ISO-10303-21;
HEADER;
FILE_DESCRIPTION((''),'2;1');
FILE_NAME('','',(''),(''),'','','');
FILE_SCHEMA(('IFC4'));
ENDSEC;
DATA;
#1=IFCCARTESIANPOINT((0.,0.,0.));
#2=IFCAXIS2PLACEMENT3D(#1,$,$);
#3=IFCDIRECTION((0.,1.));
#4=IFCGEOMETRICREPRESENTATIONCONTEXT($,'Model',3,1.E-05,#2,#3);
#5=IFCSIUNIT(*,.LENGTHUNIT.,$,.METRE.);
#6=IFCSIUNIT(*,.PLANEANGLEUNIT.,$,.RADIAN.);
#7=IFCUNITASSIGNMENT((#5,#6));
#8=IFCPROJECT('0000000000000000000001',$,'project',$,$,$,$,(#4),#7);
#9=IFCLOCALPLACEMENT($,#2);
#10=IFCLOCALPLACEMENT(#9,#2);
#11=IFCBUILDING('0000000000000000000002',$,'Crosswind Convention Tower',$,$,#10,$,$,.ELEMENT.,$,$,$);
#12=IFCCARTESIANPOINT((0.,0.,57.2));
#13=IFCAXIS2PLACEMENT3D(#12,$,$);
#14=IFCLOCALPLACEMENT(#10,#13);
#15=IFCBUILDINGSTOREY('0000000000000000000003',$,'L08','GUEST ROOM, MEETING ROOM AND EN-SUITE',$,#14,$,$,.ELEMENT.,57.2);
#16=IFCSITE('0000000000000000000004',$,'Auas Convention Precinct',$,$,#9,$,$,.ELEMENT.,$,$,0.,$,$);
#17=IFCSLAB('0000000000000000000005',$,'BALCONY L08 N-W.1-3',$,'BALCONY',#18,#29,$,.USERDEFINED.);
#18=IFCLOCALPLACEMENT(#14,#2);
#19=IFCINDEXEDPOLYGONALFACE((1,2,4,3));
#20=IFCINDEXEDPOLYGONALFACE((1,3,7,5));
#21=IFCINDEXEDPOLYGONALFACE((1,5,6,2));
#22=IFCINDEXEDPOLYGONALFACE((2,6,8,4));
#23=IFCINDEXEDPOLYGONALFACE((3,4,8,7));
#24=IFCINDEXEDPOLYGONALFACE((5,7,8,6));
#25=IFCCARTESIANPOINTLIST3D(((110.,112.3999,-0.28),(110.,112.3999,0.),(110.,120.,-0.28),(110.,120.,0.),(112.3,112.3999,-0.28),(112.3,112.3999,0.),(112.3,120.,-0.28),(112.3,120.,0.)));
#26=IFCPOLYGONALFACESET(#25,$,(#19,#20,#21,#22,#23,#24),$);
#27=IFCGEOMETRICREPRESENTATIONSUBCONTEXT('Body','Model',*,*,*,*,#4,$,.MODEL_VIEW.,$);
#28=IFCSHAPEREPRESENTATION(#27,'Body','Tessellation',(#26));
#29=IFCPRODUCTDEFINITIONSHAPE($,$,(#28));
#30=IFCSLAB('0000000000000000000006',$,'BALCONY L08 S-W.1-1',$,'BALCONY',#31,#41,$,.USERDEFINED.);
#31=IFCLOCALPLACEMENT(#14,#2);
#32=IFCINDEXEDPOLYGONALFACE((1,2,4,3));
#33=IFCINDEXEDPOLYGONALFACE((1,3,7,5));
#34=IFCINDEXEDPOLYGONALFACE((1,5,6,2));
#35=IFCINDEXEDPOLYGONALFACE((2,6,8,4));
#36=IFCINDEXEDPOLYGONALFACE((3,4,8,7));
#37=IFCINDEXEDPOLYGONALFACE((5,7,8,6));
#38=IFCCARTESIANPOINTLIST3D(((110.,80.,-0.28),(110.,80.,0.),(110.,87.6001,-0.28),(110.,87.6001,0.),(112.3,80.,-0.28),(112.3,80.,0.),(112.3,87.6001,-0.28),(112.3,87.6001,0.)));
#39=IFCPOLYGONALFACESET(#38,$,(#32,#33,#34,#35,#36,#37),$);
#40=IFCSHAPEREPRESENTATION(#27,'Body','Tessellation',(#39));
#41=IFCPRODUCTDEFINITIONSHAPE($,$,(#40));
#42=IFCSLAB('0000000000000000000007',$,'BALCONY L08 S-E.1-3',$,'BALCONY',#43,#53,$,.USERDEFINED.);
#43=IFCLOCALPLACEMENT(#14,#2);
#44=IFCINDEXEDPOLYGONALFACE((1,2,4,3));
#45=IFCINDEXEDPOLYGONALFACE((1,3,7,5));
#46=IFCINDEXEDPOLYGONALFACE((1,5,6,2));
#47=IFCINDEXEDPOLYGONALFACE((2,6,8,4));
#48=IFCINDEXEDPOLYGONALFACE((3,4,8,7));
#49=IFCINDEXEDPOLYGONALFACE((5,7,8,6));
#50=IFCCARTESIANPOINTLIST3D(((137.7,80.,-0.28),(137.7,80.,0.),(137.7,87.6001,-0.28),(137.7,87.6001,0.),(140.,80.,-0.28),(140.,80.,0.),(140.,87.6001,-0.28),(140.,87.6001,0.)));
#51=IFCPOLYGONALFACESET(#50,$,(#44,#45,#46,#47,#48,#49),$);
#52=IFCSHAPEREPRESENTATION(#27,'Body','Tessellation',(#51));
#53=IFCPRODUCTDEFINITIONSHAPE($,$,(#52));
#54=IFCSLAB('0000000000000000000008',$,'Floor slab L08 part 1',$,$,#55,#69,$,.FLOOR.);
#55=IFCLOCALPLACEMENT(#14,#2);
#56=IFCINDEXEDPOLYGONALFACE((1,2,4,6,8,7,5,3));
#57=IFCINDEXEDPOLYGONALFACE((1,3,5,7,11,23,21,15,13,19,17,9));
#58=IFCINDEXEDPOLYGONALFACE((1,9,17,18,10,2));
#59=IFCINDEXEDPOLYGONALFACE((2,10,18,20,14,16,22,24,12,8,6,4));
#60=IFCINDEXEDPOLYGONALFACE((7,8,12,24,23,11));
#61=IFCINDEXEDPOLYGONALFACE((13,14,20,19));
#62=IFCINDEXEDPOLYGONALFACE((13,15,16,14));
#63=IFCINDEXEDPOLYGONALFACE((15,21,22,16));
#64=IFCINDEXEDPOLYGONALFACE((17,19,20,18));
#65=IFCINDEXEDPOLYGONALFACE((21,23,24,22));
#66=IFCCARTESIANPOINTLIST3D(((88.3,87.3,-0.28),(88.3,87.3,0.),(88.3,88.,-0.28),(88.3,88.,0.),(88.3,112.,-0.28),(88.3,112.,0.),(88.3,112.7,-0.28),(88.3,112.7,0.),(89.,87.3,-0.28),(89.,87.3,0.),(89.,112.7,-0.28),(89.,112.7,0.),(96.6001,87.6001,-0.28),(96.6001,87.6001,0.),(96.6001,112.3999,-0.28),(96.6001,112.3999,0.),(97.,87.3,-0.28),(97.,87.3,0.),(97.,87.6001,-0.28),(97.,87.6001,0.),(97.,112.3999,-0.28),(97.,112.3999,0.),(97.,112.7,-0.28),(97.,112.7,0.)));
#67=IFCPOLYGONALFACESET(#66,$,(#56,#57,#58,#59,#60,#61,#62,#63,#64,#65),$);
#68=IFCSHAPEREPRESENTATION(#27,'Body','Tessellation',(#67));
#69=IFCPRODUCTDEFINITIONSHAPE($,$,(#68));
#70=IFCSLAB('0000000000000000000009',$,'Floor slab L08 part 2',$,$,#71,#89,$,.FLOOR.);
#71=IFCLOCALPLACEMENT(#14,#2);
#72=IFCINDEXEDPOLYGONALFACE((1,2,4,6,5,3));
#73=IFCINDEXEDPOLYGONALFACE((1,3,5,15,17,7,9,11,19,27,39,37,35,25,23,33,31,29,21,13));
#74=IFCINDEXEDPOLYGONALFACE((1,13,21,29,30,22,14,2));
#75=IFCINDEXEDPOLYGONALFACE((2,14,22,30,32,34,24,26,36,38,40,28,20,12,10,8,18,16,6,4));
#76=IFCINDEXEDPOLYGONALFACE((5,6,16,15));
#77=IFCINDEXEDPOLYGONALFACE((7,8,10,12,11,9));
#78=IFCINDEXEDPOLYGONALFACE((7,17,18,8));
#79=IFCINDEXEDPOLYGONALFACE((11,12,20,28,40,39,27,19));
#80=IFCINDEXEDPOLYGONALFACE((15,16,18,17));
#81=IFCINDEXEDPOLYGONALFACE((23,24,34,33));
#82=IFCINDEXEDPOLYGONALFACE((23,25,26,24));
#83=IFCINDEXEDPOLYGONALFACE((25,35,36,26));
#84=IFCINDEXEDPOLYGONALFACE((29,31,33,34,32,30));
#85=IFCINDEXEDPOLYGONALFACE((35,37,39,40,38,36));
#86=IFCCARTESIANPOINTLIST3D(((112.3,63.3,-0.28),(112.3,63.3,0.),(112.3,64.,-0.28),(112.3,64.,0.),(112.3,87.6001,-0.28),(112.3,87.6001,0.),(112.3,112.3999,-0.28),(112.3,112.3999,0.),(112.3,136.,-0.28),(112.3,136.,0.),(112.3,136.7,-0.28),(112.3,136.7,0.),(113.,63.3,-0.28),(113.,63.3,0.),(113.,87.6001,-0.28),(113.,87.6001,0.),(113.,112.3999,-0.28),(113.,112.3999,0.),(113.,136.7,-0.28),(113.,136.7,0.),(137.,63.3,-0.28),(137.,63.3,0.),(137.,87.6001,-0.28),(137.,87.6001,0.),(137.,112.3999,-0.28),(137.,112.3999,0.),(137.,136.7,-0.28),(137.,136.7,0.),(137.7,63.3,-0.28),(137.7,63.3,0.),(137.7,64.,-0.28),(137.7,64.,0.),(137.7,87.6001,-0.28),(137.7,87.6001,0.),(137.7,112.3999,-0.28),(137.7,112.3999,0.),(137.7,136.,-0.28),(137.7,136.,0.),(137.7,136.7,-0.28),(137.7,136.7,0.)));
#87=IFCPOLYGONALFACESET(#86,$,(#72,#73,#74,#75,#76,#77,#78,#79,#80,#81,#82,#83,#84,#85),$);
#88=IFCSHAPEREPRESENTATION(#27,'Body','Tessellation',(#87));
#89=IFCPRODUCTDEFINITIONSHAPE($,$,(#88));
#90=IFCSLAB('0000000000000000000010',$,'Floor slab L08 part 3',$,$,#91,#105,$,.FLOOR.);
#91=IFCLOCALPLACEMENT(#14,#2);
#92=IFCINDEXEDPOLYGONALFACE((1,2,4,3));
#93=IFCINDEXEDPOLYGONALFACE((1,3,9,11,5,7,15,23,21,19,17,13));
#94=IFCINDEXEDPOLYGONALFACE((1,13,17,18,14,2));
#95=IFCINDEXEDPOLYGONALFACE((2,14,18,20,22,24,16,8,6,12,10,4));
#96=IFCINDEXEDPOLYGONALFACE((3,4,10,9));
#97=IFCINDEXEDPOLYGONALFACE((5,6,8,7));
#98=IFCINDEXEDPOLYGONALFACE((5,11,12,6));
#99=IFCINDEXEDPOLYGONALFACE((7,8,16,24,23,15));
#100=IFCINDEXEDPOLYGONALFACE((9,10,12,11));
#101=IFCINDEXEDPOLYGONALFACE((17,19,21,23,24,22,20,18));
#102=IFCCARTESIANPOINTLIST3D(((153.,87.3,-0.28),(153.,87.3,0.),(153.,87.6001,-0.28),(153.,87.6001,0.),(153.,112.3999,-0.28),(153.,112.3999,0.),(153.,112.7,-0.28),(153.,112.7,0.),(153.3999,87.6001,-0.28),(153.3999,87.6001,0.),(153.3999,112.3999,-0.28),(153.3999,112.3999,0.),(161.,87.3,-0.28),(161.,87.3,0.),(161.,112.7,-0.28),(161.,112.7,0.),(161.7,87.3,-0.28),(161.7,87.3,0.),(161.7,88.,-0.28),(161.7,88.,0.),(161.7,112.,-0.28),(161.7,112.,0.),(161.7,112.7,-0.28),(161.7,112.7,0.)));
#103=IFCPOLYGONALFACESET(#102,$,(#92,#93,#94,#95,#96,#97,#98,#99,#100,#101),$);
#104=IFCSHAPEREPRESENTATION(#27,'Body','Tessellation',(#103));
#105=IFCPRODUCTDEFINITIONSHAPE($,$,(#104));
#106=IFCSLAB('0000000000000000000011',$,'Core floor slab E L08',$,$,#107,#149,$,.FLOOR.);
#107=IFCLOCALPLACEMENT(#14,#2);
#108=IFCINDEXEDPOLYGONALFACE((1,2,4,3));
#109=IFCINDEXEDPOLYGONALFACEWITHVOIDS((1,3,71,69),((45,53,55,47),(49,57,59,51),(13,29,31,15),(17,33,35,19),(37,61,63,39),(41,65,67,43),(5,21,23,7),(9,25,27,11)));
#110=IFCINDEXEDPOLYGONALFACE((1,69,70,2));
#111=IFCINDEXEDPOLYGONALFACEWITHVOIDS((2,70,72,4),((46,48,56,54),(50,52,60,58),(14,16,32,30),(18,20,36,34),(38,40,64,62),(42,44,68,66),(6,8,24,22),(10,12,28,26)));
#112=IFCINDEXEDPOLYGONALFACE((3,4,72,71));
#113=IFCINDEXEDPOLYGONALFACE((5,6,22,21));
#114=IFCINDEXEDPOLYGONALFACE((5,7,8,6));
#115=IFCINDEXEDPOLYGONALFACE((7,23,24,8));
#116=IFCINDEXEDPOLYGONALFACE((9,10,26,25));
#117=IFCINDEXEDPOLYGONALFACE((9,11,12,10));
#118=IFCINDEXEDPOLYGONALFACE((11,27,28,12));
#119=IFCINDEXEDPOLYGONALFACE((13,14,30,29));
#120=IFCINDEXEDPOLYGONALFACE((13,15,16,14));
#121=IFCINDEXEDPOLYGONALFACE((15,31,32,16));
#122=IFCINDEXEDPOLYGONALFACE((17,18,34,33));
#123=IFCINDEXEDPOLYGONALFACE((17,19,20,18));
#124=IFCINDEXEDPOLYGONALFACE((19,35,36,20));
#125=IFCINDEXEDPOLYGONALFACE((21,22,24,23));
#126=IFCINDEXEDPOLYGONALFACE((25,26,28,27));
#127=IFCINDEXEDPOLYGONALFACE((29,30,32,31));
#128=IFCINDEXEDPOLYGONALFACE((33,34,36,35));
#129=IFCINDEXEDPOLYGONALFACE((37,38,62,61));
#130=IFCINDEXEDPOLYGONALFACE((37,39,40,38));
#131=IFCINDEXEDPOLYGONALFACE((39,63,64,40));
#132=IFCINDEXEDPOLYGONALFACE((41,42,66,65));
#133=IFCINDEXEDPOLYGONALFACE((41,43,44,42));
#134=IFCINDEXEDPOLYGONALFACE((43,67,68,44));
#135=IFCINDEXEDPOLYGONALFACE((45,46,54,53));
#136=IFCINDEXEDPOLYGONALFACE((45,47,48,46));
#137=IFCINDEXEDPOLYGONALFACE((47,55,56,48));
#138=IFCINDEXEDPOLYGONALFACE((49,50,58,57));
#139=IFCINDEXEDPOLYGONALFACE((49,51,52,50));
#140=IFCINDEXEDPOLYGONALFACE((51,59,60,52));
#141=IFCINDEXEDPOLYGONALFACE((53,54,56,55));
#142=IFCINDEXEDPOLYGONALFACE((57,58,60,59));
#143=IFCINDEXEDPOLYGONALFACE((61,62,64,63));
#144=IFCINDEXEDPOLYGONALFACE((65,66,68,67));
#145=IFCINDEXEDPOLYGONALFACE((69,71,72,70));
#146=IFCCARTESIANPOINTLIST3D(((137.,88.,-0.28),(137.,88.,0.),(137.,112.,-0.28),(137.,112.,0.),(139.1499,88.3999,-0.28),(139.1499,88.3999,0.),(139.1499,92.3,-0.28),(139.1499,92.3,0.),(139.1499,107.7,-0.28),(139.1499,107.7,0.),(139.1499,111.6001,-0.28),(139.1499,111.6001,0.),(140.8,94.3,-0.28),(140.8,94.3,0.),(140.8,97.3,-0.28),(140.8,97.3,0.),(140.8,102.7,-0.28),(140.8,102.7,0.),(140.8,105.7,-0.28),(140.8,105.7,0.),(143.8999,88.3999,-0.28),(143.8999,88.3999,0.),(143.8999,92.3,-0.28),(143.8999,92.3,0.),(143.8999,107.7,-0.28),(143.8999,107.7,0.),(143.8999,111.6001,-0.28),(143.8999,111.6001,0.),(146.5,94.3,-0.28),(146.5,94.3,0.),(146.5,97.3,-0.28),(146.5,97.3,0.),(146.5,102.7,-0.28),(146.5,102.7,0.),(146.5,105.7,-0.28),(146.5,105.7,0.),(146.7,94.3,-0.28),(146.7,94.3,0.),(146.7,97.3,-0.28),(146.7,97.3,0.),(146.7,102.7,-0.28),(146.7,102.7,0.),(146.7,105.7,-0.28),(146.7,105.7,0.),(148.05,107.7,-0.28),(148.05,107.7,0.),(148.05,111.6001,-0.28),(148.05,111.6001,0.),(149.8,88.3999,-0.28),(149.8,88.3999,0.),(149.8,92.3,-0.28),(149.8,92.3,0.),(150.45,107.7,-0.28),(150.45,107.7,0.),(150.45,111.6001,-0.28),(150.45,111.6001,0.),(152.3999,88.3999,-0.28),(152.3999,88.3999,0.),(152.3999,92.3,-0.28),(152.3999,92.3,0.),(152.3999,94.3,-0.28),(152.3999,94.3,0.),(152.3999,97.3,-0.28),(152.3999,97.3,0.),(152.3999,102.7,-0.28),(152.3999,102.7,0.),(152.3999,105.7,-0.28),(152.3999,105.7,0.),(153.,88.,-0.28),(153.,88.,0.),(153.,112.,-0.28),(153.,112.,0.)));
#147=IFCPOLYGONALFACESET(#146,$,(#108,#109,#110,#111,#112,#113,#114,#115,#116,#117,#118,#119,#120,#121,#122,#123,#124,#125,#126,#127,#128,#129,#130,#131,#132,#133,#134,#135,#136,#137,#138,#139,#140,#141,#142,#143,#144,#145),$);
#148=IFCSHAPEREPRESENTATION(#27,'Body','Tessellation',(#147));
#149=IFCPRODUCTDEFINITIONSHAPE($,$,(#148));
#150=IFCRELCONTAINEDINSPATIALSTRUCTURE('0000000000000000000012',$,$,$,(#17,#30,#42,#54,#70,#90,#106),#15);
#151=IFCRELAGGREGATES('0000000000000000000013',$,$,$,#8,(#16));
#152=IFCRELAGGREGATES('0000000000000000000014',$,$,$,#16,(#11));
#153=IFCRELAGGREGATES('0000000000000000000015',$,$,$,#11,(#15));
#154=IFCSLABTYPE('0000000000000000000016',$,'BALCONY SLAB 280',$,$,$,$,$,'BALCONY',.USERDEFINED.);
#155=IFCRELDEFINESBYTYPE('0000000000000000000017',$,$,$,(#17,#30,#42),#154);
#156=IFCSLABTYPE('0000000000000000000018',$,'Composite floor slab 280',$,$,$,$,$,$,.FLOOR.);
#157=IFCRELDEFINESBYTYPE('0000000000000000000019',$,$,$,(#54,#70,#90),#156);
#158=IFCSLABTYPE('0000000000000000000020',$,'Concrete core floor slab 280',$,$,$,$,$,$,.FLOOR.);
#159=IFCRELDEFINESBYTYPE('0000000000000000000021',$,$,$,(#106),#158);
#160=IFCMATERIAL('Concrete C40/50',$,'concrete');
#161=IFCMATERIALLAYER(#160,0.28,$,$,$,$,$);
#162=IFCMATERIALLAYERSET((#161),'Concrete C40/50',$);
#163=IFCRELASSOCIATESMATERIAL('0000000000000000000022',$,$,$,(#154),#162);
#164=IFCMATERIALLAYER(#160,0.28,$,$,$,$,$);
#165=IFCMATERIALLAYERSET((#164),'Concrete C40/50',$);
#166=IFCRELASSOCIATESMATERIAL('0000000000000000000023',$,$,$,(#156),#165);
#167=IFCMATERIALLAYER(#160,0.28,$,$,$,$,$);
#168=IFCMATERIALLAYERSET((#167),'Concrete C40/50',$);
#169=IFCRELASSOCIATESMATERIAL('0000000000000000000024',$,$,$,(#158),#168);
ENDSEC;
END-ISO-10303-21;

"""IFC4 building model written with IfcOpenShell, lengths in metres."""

from ifc_helpers import new_model, si_unit, direction, frame, origin, place, context, subcontext, project, spatial, polyline, outline, extrude, material, layer, layer_set, type_object, element, save


model = new_model("IFC4")

# Units and contexts
model_context = context("Model", 3, precision=1e-05, world=origin(), true_north=direction((0.0, 1.0)))
body_context = subcontext(model_context, "Body", "Model", "MODEL_VIEW")
ifc_project = project(units=[si_unit("LENGTHUNIT", "METRE"), si_unit("PLANEANGLEUNIT", "RADIAN")], contexts=[model_context])

# Site, building, storey
site_placement = place(None, origin())
site = spatial("IfcSite", under=ifc_project, at=site_placement, Name="Auas Convention Precinct", CompositionType="ELEMENT", RefElevation=0.0)
building_placement = place(site_placement, origin())
building = spatial("IfcBuilding", under=site, at=building_placement, Name="Crosswind Convention Tower", CompositionType="ELEMENT")
storey_placement = place(building_placement, frame((0.0, 0.0, 57.2)))
storey = spatial("IfcBuildingStorey", under=building, at=storey_placement, Name="L08", Description="GUEST ROOM, MEETING ROOM AND EN-SUITE", CompositionType="ELEMENT", Elevation=57.2)

# Slabs
ifc_material_1 = material(Name="Concrete C40/50", Category="concrete")
ifc_layer_1 = layer(ifc_material_1, 0.28)
ifc_layer_set_1 = layer_set([ifc_layer_1], Name="Concrete C40/50")
slab_type_1 = type_object("IfcSlabType", Name="BALCONY SLAB 280", ElementType="BALCONY", PredefinedType="USERDEFINED", material=ifc_layer_set_1)
slab_1_placement = place(storey_placement, frame((0.0, 0.0, -0.28)))
element("IfcSlab", 1, at=slab_1_placement, inside=storey, type_object=slab_type_1, Name="BALCONY L08 N-W.1-3", ObjectType="BALCONY", PredefinedType="USERDEFINED", context=body_context, shape_type="SweptSolid", body=[
    extrude(outline(polyline([(112.3, 120.0), (112.3, 112.3999), (110.0, 112.3999), (110.0, 120.0), (112.3, 120.0)])), origin(), (0.0, 0.0, 1.0), 0.28),
])
slab_2_placement = place(storey_placement, frame((0.0, 0.0, -0.28)))
element("IfcSlab", 2, at=slab_2_placement, inside=storey, type_object=slab_type_1, Name="BALCONY L08 S-W.1-1", ObjectType="BALCONY", PredefinedType="USERDEFINED", context=body_context, shape_type="SweptSolid", body=[
    extrude(outline(polyline([(112.3, 87.6001), (112.3, 80.0), (110.0, 80.0), (110.0, 87.6001), (112.3, 87.6001)])), origin(), (0.0, 0.0, 1.0), 0.28),
])
slab_3_placement = place(storey_placement, frame((0.0, 0.0, -0.28)))
element("IfcSlab", 3, at=slab_3_placement, inside=storey, type_object=slab_type_1, Name="BALCONY L08 S-E.1-3", ObjectType="BALCONY", PredefinedType="USERDEFINED", context=body_context, shape_type="SweptSolid", body=[
    extrude(outline(polyline([(137.7, 80.0), (137.7, 87.6001), (140.0, 87.6001), (140.0, 80.0), (137.7, 80.0)])), origin(), (0.0, 0.0, 1.0), 0.28),
])
ifc_layer_2 = layer(ifc_material_1, 0.28)
ifc_layer_set_2 = layer_set([ifc_layer_2], Name="Concrete C40/50")
slab_type_2 = type_object("IfcSlabType", Name="Composite floor slab 280", PredefinedType="FLOOR", material=ifc_layer_set_2)
slab_4_placement = place(storey_placement, frame((0.0, 0.0, -0.28)))
element("IfcSlab", 4, at=slab_4_placement, inside=storey, type_object=slab_type_2, Name="Floor slab L08 part 1", PredefinedType="FLOOR", context=body_context, shape_type="SweptSolid", body=[
    extrude(outline(polyline([(97.0, 87.3), (89.0, 87.3), (88.3, 87.3), (88.3, 88.0), (88.3, 112.0), (88.3, 112.7), (89.0, 112.7), (97.0, 112.7), (97.0, 112.3999), (96.6001, 112.3999), (96.6001, 87.6001), (97.0, 87.6001), (97.0, 87.3)])), origin(), (0.0, 0.0, 1.0), 0.28),
])
slab_5_placement = place(storey_placement, frame((0.0, 0.0, -0.28)))
element("IfcSlab", 5, at=slab_5_placement, inside=storey, type_object=slab_type_2, Name="Floor slab L08 part 2", PredefinedType="FLOOR", context=body_context, shape_type="SweptSolid", body=[
    extrude(outline(polyline([(112.3, 87.6001), (113.0, 87.6001), (113.0, 112.3999), (112.3, 112.3999), (112.3, 136.0), (112.3, 136.7), (113.0, 136.7), (137.0, 136.7), (137.7, 136.7), (137.7, 136.0), (137.7, 112.3999), (137.0, 112.3999), (137.0, 87.6001), (137.7, 87.6001), (137.7, 64.0), (137.7, 63.3), (137.0, 63.3), (113.0, 63.3), (112.3, 63.3), (112.3, 64.0), (112.3, 87.6001)])), origin(), (0.0, 0.0, 1.0), 0.28),
])
slab_6_placement = place(storey_placement, frame((0.0, 0.0, -0.28)))
element("IfcSlab", 6, at=slab_6_placement, inside=storey, type_object=slab_type_2, Name="Floor slab L08 part 3", PredefinedType="FLOOR", context=body_context, shape_type="SweptSolid", body=[
    extrude(outline(polyline([(153.0, 112.7), (161.0, 112.7), (161.7, 112.7), (161.7, 112.0), (161.7, 88.0), (161.7, 87.3), (161.0, 87.3), (153.0, 87.3), (153.0, 87.6001), (153.3999, 87.6001), (153.3999, 112.3999), (153.0, 112.3999), (153.0, 112.7)])), origin(), (0.0, 0.0, 1.0), 0.28),
])
ifc_layer_3 = layer(ifc_material_1, 0.28)
ifc_layer_set_3 = layer_set([ifc_layer_3], Name="Concrete C40/50")
slab_type_3 = type_object("IfcSlabType", Name="Concrete core floor slab 280", PredefinedType="FLOOR", material=ifc_layer_set_3)
slab_7_placement = place(storey_placement, frame((0.0, 0.0, -0.28)))
element("IfcSlab", 7, at=slab_7_placement, inside=storey, type_object=slab_type_3, Name="Core floor slab E L08", PredefinedType="FLOOR", context=body_context, shape_type="SweptSolid", body=[
    extrude(outline(polyline([(137.0, 88.0), (153.0, 88.0), (153.0, 112.0), (137.0, 112.0), (137.0, 88.0)]), holes=[polyline([(146.5, 102.7), (146.5, 105.7), (140.8, 105.7), (140.8, 102.7), (146.5, 102.7)]), polyline([(152.3999, 102.7), (152.3999, 105.7), (146.7, 105.7), (146.7, 102.7), (152.3999, 102.7)]), polyline([(146.5, 94.3), (146.5, 97.3), (140.8, 97.3), (140.8, 94.3), (146.5, 94.3)]), polyline([(152.3999, 94.3), (152.3999, 97.3), (146.7, 97.3), (146.7, 94.3), (152.3999, 94.3)]), polyline([(150.45, 107.7), (150.45, 111.6001), (148.05, 111.6001), (148.05, 107.7), (150.45, 107.7)]), polyline([(152.3999, 88.3999), (152.3999, 92.3), (149.8, 92.3), (149.8, 88.3999), (152.3999, 88.3999)]), polyline([(143.8999, 107.7), (143.8999, 111.6001), (139.1499, 111.6001), (139.1499, 107.7), (143.8999, 107.7)]), polyline([(143.8999, 88.3999), (143.8999, 92.3), (139.1499, 92.3), (139.1499, 88.3999), (143.8999, 88.3999)])]), origin(), (0.0, 0.0, 1.0), 0.28),
])

save(model, "model.ifc")
